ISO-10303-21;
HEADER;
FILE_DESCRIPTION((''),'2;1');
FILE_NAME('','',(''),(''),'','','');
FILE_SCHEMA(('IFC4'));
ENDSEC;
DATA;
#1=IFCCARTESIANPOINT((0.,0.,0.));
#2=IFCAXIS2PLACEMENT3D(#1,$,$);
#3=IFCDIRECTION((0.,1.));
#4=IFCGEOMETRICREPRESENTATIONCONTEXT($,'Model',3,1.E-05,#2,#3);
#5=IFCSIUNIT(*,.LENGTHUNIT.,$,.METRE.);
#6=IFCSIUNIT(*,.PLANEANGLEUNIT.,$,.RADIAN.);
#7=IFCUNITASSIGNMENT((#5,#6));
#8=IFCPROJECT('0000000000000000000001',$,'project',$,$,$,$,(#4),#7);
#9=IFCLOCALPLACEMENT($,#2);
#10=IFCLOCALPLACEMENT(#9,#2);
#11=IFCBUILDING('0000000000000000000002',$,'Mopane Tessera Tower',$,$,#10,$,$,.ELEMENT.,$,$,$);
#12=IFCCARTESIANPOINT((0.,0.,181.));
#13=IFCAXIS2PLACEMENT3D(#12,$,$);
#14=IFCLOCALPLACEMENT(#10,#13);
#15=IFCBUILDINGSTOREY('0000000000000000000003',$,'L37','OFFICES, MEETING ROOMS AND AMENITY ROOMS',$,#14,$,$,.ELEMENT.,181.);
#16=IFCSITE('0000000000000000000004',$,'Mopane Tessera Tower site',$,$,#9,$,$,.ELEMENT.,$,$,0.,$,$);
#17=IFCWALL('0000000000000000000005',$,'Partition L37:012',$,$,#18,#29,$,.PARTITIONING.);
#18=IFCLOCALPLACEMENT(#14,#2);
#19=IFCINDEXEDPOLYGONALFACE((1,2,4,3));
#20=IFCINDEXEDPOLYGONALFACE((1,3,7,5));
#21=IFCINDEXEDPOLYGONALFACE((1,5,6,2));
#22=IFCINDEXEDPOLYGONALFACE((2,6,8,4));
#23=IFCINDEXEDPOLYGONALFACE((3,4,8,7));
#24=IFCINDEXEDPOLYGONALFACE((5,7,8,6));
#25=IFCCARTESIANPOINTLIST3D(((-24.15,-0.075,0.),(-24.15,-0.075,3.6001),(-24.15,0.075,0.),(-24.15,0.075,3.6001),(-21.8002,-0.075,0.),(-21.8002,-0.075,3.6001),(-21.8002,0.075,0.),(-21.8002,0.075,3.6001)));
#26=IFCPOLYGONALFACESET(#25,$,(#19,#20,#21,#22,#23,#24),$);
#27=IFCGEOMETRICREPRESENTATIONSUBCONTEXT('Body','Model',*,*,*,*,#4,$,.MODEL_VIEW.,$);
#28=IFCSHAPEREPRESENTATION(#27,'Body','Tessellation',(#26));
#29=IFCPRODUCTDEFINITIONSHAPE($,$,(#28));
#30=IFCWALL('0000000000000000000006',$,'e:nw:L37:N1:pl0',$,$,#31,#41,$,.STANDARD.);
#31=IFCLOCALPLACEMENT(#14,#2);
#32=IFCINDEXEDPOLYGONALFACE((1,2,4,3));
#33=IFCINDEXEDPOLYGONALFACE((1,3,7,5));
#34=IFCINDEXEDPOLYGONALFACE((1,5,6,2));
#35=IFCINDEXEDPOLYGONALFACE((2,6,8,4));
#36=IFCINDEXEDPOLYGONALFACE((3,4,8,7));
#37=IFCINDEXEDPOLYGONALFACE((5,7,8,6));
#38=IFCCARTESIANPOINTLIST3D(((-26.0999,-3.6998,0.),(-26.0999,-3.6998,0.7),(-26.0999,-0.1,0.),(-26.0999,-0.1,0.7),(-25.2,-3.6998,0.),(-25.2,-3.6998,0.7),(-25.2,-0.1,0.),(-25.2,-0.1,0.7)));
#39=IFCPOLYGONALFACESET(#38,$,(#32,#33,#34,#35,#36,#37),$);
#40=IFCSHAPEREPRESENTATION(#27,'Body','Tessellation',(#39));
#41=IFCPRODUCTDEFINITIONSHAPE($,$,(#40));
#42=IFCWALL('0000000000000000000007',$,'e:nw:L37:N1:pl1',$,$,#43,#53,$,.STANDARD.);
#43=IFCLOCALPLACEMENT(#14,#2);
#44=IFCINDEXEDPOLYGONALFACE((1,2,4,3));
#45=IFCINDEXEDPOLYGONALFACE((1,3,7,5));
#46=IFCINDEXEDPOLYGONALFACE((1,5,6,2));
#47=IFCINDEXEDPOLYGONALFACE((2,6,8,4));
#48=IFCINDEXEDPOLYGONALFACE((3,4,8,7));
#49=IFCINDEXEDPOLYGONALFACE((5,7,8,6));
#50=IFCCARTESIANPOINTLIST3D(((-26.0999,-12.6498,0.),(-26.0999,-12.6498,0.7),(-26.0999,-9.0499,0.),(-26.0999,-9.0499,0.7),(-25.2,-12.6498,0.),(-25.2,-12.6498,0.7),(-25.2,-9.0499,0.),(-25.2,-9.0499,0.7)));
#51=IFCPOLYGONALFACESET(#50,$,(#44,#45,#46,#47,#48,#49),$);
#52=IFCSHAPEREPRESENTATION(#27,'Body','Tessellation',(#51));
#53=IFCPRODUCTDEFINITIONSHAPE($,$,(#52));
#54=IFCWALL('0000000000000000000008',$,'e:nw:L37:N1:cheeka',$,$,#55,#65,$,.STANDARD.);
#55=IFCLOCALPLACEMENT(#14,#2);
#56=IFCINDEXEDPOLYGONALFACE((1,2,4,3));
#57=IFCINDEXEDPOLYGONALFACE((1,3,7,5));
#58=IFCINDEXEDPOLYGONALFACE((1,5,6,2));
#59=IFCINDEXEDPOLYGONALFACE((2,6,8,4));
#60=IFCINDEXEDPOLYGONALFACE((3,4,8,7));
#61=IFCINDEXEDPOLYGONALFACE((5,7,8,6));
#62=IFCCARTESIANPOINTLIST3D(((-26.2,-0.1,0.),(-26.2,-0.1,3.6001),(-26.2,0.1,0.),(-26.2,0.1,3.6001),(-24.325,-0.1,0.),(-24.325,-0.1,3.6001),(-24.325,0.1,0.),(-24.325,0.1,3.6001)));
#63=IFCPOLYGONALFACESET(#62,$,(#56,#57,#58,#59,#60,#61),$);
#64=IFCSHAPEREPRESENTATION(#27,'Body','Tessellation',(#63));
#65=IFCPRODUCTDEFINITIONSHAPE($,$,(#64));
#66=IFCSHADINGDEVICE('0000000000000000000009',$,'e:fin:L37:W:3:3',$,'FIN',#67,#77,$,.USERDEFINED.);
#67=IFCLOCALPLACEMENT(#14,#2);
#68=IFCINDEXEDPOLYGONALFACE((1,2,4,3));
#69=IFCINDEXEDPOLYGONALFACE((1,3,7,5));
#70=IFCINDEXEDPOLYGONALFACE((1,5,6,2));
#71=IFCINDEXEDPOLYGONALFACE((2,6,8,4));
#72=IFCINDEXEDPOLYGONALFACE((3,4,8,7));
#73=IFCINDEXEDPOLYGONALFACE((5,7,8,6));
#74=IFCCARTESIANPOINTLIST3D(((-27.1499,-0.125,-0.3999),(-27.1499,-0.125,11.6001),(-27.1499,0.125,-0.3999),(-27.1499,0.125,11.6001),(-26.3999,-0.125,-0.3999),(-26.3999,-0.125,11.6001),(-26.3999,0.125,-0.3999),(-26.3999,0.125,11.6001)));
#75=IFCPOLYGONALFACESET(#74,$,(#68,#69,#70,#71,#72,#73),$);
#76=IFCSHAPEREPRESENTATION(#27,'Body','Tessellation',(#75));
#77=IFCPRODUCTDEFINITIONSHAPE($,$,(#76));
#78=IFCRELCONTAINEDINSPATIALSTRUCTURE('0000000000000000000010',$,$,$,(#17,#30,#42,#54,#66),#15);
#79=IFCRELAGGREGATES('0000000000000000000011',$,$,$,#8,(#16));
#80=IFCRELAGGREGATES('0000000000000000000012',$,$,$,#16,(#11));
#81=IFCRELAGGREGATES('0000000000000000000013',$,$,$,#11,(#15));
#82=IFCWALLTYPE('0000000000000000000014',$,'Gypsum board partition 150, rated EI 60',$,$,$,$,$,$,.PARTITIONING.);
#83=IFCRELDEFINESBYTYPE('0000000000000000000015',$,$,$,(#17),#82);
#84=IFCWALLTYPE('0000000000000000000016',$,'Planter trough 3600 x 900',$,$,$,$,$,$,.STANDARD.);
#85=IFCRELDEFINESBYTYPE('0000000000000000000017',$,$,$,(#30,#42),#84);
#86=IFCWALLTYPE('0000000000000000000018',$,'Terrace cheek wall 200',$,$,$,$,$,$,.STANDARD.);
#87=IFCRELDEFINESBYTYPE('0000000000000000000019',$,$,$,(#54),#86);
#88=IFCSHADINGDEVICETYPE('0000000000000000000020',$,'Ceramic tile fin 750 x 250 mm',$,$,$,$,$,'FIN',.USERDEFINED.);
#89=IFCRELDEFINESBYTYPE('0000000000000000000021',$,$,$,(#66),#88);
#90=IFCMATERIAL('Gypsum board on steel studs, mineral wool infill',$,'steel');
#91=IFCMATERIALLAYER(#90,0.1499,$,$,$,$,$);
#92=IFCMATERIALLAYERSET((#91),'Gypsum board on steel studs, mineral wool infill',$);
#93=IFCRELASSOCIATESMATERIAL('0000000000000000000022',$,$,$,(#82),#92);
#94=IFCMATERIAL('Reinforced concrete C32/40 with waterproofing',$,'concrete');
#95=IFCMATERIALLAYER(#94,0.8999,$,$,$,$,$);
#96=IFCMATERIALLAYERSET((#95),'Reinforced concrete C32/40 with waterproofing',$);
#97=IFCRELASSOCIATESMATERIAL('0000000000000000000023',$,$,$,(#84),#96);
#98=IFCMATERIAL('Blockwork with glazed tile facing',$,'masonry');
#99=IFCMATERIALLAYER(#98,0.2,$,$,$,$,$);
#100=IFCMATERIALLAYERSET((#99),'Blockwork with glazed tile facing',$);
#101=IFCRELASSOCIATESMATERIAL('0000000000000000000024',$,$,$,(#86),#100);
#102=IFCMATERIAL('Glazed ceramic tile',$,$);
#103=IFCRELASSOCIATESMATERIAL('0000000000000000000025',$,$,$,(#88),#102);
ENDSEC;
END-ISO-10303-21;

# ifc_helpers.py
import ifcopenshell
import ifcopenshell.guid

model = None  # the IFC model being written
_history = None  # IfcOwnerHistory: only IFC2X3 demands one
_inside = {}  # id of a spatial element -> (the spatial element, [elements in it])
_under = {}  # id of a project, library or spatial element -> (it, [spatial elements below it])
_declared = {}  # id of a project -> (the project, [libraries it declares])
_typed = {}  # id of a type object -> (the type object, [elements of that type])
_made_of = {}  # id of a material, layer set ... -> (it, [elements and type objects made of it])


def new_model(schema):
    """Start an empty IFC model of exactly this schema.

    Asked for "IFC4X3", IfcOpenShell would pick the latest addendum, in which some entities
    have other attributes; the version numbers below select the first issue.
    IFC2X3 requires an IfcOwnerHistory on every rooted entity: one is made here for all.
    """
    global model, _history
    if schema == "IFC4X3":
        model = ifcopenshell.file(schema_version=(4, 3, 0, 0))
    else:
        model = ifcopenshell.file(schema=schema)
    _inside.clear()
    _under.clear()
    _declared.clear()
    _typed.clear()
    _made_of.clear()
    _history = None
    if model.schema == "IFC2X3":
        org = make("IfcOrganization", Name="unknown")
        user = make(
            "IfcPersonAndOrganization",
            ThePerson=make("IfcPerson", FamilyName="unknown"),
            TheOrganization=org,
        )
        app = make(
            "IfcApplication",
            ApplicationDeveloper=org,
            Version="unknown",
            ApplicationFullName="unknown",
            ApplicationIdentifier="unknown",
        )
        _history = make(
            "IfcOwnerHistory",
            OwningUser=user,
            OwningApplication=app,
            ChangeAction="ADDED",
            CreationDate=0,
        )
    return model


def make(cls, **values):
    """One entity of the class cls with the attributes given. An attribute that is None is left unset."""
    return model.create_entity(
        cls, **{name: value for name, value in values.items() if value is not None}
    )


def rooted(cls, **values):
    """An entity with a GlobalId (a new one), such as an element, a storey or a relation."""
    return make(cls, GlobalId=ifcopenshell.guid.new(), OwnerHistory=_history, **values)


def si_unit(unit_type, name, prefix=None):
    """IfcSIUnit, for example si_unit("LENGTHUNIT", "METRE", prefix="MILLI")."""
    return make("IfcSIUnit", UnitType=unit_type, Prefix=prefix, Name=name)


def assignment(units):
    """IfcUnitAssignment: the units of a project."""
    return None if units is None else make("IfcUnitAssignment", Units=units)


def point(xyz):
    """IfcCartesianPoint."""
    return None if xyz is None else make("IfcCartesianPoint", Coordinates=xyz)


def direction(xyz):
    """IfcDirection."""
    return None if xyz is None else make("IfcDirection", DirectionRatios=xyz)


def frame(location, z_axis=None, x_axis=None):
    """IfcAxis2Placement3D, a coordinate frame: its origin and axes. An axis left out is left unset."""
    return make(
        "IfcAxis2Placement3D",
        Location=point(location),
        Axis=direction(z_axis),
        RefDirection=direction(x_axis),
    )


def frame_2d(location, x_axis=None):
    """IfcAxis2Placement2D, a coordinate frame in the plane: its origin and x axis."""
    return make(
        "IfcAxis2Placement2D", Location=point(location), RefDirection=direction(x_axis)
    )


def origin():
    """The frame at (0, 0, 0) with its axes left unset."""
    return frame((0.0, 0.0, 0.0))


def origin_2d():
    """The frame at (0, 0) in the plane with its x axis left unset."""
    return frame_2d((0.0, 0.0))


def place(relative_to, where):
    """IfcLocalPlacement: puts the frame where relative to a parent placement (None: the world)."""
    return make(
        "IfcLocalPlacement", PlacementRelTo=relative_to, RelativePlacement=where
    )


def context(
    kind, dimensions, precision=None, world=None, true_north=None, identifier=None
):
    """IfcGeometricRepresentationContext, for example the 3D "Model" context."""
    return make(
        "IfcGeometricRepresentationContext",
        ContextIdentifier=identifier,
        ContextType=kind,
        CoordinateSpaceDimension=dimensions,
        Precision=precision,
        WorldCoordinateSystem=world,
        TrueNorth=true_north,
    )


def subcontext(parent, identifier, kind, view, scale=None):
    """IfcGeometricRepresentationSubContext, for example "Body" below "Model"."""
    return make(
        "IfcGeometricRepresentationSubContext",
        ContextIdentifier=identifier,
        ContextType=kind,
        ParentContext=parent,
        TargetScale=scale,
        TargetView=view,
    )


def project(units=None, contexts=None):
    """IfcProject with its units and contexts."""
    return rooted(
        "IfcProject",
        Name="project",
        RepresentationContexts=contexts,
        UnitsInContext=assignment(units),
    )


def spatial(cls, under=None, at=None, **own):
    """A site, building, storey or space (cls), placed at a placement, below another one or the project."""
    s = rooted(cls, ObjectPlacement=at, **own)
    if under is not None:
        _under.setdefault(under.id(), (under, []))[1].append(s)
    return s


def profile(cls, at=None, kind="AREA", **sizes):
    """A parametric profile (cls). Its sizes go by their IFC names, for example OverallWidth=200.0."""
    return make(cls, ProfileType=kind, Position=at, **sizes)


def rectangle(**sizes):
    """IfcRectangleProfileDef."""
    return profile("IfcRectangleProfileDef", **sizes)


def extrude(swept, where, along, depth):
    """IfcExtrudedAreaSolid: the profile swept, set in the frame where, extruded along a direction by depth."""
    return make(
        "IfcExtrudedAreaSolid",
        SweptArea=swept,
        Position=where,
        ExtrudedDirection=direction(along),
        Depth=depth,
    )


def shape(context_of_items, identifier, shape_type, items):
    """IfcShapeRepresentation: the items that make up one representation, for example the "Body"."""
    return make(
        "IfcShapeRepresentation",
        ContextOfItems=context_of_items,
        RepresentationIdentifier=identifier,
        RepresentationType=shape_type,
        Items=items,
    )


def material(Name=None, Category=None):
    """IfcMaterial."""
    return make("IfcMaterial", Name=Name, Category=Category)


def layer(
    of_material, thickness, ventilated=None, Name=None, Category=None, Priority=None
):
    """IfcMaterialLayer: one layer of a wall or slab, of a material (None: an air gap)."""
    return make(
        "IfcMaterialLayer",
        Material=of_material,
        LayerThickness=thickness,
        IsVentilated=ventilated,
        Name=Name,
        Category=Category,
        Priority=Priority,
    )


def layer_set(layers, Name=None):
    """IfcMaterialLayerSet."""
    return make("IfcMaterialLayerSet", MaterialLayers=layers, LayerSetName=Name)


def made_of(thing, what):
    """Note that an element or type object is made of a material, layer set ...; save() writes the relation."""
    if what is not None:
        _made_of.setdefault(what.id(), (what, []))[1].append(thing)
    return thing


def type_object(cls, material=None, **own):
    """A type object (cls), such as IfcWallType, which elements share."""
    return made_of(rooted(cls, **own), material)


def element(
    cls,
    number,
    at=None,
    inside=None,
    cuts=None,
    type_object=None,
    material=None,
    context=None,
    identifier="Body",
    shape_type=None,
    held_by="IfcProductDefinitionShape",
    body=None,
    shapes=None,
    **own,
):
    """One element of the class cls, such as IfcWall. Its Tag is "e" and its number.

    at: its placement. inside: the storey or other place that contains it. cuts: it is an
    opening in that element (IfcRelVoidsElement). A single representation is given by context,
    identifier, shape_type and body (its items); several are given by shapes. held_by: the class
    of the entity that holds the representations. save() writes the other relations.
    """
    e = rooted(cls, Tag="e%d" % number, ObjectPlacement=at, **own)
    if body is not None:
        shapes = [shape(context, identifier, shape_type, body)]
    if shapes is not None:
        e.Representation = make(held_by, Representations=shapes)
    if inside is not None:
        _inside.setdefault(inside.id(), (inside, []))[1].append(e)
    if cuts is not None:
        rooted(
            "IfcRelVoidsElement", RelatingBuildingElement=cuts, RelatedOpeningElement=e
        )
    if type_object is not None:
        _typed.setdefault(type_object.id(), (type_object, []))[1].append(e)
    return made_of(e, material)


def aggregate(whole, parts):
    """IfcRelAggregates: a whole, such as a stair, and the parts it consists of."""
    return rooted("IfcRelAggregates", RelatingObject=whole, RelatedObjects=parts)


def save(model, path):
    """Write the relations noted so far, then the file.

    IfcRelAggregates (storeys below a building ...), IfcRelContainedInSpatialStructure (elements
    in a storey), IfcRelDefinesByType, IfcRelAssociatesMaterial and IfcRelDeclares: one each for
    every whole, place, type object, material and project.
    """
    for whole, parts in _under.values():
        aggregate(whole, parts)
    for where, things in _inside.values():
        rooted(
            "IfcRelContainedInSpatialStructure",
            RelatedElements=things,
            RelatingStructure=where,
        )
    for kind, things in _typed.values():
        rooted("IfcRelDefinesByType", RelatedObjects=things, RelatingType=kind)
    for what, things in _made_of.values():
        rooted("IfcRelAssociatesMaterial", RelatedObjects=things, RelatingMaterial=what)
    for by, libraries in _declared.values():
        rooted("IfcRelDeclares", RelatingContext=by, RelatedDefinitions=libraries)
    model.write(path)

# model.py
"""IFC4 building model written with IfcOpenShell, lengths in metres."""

from ifc_helpers import new_model, si_unit, direction, frame, frame_2d, origin, origin_2d, place, context, subcontext, project, spatial, rectangle, extrude, material, layer, layer_set, type_object, element, save


model = new_model("IFC4")

# Units and contexts
model_context = context("Model", 3, precision=1e-05, world=origin(), true_north=direction((0.0, 1.0)))
body_context = subcontext(model_context, "Body", "Model", "MODEL_VIEW")
ifc_project = project(units=[si_unit("LENGTHUNIT", "METRE"), si_unit("PLANEANGLEUNIT", "RADIAN")], contexts=[model_context])

# Site, building, storey
site_placement = place(None, origin())
site = spatial("IfcSite", under=ifc_project, at=site_placement, Name="Mopane Tessera Tower site", CompositionType="ELEMENT", RefElevation=0.0)
building_placement = place(site_placement, origin())
building = spatial("IfcBuilding", under=site, at=building_placement, Name="Mopane Tessera Tower", CompositionType="ELEMENT")
storey_placement = place(building_placement, frame((0.0, 0.0, 181.0)))
storey = spatial("IfcBuildingStorey", under=building, at=storey_placement, Name="L37", Description="OFFICES, MEETING ROOMS AND AMENITY ROOMS", CompositionType="ELEMENT", Elevation=181.0)

# Walls
ifc_material_1 = material(Name="Gypsum board on steel studs, mineral wool infill", Category="steel")
ifc_layer_1 = layer(ifc_material_1, 0.1499)
ifc_layer_set_1 = layer_set([ifc_layer_1], Name="Gypsum board on steel studs, mineral wool infill")
wall_type_1 = type_object("IfcWallType", Name="Gypsum board partition 150, rated EI 60", PredefinedType="PARTITIONING", material=ifc_layer_set_1)
wall_1_placement = place(storey_placement, frame((-24.1499, 0.0, 0.0), z_axis=(0.0, 0.0, 1.0), x_axis=(1.0, 0.0, 0.0)))
element("IfcWall", 1, at=wall_1_placement, inside=storey, type_object=wall_type_1, Name="Partition L37:012", PredefinedType="PARTITIONING", context=body_context, shape_type="SweptSolid", body=[
    extrude(rectangle(XDim=2.3499, YDim=0.1499, at=frame_2d((1.1748, 0.0))), origin(), (0.0, 0.0, 1.0), 3.6001),
])
ifc_material_2 = material(Name="Reinforced concrete C32/40 with waterproofing", Category="concrete")
ifc_layer_2 = layer(ifc_material_2, 0.8999)
ifc_layer_set_2 = layer_set([ifc_layer_2], Name="Reinforced concrete C32/40 with waterproofing")
wall_type_2 = type_object("IfcWallType", Name="Planter trough 3600 x 900", PredefinedType="STANDARD", material=ifc_layer_set_2)
for number, where, z_axis, x_axis, name in (
    (2, (-25.6499, -0.1001, 0.0), (0.0, 0.0, 1.0), (0.0, -1.0, 0.0), "e:nw:L37:N1:pl0"),
    (3, (-25.6499, -9.05, 0.0), (0.0, 0.0, 1.0), (0.0, -1.0, 0.0), "e:nw:L37:N1:pl1"),
):
    element("IfcWall", number, at=place(storey_placement, frame(where, z_axis=z_axis, x_axis=x_axis)), inside=storey, type_object=wall_type_2, Name=name, PredefinedType="STANDARD", context=body_context, shape_type="SweptSolid", body=[
        extrude(rectangle(XDim=3.5999, YDim=0.8999, at=frame_2d((1.7998, 0.0))), origin(), (0.0, 0.0, 1.0), 0.7),
    ])
ifc_material_3 = material(Name="Blockwork with glazed tile facing", Category="masonry")
ifc_layer_3 = layer(ifc_material_3, 0.2)
ifc_layer_set_3 = layer_set([ifc_layer_3], Name="Blockwork with glazed tile facing")
wall_type_3 = type_object("IfcWallType", Name="Terrace cheek wall 200", PredefinedType="STANDARD", material=ifc_layer_set_3)
wall_2_placement = place(storey_placement, frame((-26.2, 0.0, 0.0), z_axis=(0.0, 0.0, 1.0), x_axis=(1.0, 0.0, 0.0)))
element("IfcWall", 4, at=wall_2_placement, inside=storey, type_object=wall_type_3, Name="e:nw:L37:N1:cheeka", PredefinedType="STANDARD", context=body_context, shape_type="SweptSolid", body=[
    extrude(rectangle(XDim=1.875, YDim=0.2, at=frame_2d((0.9375, 0.0))), origin(), (0.0, 0.0, 1.0), 3.6001),
])

# Shading device
ifc_material_4 = material(Name="Glazed ceramic tile")
shading_device_type = type_object("IfcShadingDeviceType", Name="Ceramic tile fin 750 x 250 mm", ElementType="FIN", PredefinedType="USERDEFINED", material=ifc_material_4)
shading_device_placement = place(storey_placement, frame((-26.7749, 0.0, -0.3999), z_axis=(0.0, 0.0, 1.0), x_axis=(0.0, -1.0, 0.0)))
element("IfcShadingDevice", 5, at=shading_device_placement, inside=storey, type_object=shading_device_type, Name="e:fin:L37:W:3:3", ObjectType="FIN", PredefinedType="USERDEFINED", context=body_context, shape_type="SweptSolid", body=[
    extrude(rectangle(XDim=0.25, YDim=0.75, at=origin_2d()), origin(), (0.0, 0.0, 1.0), 12.0),
])

save(model, "model.ifc")
